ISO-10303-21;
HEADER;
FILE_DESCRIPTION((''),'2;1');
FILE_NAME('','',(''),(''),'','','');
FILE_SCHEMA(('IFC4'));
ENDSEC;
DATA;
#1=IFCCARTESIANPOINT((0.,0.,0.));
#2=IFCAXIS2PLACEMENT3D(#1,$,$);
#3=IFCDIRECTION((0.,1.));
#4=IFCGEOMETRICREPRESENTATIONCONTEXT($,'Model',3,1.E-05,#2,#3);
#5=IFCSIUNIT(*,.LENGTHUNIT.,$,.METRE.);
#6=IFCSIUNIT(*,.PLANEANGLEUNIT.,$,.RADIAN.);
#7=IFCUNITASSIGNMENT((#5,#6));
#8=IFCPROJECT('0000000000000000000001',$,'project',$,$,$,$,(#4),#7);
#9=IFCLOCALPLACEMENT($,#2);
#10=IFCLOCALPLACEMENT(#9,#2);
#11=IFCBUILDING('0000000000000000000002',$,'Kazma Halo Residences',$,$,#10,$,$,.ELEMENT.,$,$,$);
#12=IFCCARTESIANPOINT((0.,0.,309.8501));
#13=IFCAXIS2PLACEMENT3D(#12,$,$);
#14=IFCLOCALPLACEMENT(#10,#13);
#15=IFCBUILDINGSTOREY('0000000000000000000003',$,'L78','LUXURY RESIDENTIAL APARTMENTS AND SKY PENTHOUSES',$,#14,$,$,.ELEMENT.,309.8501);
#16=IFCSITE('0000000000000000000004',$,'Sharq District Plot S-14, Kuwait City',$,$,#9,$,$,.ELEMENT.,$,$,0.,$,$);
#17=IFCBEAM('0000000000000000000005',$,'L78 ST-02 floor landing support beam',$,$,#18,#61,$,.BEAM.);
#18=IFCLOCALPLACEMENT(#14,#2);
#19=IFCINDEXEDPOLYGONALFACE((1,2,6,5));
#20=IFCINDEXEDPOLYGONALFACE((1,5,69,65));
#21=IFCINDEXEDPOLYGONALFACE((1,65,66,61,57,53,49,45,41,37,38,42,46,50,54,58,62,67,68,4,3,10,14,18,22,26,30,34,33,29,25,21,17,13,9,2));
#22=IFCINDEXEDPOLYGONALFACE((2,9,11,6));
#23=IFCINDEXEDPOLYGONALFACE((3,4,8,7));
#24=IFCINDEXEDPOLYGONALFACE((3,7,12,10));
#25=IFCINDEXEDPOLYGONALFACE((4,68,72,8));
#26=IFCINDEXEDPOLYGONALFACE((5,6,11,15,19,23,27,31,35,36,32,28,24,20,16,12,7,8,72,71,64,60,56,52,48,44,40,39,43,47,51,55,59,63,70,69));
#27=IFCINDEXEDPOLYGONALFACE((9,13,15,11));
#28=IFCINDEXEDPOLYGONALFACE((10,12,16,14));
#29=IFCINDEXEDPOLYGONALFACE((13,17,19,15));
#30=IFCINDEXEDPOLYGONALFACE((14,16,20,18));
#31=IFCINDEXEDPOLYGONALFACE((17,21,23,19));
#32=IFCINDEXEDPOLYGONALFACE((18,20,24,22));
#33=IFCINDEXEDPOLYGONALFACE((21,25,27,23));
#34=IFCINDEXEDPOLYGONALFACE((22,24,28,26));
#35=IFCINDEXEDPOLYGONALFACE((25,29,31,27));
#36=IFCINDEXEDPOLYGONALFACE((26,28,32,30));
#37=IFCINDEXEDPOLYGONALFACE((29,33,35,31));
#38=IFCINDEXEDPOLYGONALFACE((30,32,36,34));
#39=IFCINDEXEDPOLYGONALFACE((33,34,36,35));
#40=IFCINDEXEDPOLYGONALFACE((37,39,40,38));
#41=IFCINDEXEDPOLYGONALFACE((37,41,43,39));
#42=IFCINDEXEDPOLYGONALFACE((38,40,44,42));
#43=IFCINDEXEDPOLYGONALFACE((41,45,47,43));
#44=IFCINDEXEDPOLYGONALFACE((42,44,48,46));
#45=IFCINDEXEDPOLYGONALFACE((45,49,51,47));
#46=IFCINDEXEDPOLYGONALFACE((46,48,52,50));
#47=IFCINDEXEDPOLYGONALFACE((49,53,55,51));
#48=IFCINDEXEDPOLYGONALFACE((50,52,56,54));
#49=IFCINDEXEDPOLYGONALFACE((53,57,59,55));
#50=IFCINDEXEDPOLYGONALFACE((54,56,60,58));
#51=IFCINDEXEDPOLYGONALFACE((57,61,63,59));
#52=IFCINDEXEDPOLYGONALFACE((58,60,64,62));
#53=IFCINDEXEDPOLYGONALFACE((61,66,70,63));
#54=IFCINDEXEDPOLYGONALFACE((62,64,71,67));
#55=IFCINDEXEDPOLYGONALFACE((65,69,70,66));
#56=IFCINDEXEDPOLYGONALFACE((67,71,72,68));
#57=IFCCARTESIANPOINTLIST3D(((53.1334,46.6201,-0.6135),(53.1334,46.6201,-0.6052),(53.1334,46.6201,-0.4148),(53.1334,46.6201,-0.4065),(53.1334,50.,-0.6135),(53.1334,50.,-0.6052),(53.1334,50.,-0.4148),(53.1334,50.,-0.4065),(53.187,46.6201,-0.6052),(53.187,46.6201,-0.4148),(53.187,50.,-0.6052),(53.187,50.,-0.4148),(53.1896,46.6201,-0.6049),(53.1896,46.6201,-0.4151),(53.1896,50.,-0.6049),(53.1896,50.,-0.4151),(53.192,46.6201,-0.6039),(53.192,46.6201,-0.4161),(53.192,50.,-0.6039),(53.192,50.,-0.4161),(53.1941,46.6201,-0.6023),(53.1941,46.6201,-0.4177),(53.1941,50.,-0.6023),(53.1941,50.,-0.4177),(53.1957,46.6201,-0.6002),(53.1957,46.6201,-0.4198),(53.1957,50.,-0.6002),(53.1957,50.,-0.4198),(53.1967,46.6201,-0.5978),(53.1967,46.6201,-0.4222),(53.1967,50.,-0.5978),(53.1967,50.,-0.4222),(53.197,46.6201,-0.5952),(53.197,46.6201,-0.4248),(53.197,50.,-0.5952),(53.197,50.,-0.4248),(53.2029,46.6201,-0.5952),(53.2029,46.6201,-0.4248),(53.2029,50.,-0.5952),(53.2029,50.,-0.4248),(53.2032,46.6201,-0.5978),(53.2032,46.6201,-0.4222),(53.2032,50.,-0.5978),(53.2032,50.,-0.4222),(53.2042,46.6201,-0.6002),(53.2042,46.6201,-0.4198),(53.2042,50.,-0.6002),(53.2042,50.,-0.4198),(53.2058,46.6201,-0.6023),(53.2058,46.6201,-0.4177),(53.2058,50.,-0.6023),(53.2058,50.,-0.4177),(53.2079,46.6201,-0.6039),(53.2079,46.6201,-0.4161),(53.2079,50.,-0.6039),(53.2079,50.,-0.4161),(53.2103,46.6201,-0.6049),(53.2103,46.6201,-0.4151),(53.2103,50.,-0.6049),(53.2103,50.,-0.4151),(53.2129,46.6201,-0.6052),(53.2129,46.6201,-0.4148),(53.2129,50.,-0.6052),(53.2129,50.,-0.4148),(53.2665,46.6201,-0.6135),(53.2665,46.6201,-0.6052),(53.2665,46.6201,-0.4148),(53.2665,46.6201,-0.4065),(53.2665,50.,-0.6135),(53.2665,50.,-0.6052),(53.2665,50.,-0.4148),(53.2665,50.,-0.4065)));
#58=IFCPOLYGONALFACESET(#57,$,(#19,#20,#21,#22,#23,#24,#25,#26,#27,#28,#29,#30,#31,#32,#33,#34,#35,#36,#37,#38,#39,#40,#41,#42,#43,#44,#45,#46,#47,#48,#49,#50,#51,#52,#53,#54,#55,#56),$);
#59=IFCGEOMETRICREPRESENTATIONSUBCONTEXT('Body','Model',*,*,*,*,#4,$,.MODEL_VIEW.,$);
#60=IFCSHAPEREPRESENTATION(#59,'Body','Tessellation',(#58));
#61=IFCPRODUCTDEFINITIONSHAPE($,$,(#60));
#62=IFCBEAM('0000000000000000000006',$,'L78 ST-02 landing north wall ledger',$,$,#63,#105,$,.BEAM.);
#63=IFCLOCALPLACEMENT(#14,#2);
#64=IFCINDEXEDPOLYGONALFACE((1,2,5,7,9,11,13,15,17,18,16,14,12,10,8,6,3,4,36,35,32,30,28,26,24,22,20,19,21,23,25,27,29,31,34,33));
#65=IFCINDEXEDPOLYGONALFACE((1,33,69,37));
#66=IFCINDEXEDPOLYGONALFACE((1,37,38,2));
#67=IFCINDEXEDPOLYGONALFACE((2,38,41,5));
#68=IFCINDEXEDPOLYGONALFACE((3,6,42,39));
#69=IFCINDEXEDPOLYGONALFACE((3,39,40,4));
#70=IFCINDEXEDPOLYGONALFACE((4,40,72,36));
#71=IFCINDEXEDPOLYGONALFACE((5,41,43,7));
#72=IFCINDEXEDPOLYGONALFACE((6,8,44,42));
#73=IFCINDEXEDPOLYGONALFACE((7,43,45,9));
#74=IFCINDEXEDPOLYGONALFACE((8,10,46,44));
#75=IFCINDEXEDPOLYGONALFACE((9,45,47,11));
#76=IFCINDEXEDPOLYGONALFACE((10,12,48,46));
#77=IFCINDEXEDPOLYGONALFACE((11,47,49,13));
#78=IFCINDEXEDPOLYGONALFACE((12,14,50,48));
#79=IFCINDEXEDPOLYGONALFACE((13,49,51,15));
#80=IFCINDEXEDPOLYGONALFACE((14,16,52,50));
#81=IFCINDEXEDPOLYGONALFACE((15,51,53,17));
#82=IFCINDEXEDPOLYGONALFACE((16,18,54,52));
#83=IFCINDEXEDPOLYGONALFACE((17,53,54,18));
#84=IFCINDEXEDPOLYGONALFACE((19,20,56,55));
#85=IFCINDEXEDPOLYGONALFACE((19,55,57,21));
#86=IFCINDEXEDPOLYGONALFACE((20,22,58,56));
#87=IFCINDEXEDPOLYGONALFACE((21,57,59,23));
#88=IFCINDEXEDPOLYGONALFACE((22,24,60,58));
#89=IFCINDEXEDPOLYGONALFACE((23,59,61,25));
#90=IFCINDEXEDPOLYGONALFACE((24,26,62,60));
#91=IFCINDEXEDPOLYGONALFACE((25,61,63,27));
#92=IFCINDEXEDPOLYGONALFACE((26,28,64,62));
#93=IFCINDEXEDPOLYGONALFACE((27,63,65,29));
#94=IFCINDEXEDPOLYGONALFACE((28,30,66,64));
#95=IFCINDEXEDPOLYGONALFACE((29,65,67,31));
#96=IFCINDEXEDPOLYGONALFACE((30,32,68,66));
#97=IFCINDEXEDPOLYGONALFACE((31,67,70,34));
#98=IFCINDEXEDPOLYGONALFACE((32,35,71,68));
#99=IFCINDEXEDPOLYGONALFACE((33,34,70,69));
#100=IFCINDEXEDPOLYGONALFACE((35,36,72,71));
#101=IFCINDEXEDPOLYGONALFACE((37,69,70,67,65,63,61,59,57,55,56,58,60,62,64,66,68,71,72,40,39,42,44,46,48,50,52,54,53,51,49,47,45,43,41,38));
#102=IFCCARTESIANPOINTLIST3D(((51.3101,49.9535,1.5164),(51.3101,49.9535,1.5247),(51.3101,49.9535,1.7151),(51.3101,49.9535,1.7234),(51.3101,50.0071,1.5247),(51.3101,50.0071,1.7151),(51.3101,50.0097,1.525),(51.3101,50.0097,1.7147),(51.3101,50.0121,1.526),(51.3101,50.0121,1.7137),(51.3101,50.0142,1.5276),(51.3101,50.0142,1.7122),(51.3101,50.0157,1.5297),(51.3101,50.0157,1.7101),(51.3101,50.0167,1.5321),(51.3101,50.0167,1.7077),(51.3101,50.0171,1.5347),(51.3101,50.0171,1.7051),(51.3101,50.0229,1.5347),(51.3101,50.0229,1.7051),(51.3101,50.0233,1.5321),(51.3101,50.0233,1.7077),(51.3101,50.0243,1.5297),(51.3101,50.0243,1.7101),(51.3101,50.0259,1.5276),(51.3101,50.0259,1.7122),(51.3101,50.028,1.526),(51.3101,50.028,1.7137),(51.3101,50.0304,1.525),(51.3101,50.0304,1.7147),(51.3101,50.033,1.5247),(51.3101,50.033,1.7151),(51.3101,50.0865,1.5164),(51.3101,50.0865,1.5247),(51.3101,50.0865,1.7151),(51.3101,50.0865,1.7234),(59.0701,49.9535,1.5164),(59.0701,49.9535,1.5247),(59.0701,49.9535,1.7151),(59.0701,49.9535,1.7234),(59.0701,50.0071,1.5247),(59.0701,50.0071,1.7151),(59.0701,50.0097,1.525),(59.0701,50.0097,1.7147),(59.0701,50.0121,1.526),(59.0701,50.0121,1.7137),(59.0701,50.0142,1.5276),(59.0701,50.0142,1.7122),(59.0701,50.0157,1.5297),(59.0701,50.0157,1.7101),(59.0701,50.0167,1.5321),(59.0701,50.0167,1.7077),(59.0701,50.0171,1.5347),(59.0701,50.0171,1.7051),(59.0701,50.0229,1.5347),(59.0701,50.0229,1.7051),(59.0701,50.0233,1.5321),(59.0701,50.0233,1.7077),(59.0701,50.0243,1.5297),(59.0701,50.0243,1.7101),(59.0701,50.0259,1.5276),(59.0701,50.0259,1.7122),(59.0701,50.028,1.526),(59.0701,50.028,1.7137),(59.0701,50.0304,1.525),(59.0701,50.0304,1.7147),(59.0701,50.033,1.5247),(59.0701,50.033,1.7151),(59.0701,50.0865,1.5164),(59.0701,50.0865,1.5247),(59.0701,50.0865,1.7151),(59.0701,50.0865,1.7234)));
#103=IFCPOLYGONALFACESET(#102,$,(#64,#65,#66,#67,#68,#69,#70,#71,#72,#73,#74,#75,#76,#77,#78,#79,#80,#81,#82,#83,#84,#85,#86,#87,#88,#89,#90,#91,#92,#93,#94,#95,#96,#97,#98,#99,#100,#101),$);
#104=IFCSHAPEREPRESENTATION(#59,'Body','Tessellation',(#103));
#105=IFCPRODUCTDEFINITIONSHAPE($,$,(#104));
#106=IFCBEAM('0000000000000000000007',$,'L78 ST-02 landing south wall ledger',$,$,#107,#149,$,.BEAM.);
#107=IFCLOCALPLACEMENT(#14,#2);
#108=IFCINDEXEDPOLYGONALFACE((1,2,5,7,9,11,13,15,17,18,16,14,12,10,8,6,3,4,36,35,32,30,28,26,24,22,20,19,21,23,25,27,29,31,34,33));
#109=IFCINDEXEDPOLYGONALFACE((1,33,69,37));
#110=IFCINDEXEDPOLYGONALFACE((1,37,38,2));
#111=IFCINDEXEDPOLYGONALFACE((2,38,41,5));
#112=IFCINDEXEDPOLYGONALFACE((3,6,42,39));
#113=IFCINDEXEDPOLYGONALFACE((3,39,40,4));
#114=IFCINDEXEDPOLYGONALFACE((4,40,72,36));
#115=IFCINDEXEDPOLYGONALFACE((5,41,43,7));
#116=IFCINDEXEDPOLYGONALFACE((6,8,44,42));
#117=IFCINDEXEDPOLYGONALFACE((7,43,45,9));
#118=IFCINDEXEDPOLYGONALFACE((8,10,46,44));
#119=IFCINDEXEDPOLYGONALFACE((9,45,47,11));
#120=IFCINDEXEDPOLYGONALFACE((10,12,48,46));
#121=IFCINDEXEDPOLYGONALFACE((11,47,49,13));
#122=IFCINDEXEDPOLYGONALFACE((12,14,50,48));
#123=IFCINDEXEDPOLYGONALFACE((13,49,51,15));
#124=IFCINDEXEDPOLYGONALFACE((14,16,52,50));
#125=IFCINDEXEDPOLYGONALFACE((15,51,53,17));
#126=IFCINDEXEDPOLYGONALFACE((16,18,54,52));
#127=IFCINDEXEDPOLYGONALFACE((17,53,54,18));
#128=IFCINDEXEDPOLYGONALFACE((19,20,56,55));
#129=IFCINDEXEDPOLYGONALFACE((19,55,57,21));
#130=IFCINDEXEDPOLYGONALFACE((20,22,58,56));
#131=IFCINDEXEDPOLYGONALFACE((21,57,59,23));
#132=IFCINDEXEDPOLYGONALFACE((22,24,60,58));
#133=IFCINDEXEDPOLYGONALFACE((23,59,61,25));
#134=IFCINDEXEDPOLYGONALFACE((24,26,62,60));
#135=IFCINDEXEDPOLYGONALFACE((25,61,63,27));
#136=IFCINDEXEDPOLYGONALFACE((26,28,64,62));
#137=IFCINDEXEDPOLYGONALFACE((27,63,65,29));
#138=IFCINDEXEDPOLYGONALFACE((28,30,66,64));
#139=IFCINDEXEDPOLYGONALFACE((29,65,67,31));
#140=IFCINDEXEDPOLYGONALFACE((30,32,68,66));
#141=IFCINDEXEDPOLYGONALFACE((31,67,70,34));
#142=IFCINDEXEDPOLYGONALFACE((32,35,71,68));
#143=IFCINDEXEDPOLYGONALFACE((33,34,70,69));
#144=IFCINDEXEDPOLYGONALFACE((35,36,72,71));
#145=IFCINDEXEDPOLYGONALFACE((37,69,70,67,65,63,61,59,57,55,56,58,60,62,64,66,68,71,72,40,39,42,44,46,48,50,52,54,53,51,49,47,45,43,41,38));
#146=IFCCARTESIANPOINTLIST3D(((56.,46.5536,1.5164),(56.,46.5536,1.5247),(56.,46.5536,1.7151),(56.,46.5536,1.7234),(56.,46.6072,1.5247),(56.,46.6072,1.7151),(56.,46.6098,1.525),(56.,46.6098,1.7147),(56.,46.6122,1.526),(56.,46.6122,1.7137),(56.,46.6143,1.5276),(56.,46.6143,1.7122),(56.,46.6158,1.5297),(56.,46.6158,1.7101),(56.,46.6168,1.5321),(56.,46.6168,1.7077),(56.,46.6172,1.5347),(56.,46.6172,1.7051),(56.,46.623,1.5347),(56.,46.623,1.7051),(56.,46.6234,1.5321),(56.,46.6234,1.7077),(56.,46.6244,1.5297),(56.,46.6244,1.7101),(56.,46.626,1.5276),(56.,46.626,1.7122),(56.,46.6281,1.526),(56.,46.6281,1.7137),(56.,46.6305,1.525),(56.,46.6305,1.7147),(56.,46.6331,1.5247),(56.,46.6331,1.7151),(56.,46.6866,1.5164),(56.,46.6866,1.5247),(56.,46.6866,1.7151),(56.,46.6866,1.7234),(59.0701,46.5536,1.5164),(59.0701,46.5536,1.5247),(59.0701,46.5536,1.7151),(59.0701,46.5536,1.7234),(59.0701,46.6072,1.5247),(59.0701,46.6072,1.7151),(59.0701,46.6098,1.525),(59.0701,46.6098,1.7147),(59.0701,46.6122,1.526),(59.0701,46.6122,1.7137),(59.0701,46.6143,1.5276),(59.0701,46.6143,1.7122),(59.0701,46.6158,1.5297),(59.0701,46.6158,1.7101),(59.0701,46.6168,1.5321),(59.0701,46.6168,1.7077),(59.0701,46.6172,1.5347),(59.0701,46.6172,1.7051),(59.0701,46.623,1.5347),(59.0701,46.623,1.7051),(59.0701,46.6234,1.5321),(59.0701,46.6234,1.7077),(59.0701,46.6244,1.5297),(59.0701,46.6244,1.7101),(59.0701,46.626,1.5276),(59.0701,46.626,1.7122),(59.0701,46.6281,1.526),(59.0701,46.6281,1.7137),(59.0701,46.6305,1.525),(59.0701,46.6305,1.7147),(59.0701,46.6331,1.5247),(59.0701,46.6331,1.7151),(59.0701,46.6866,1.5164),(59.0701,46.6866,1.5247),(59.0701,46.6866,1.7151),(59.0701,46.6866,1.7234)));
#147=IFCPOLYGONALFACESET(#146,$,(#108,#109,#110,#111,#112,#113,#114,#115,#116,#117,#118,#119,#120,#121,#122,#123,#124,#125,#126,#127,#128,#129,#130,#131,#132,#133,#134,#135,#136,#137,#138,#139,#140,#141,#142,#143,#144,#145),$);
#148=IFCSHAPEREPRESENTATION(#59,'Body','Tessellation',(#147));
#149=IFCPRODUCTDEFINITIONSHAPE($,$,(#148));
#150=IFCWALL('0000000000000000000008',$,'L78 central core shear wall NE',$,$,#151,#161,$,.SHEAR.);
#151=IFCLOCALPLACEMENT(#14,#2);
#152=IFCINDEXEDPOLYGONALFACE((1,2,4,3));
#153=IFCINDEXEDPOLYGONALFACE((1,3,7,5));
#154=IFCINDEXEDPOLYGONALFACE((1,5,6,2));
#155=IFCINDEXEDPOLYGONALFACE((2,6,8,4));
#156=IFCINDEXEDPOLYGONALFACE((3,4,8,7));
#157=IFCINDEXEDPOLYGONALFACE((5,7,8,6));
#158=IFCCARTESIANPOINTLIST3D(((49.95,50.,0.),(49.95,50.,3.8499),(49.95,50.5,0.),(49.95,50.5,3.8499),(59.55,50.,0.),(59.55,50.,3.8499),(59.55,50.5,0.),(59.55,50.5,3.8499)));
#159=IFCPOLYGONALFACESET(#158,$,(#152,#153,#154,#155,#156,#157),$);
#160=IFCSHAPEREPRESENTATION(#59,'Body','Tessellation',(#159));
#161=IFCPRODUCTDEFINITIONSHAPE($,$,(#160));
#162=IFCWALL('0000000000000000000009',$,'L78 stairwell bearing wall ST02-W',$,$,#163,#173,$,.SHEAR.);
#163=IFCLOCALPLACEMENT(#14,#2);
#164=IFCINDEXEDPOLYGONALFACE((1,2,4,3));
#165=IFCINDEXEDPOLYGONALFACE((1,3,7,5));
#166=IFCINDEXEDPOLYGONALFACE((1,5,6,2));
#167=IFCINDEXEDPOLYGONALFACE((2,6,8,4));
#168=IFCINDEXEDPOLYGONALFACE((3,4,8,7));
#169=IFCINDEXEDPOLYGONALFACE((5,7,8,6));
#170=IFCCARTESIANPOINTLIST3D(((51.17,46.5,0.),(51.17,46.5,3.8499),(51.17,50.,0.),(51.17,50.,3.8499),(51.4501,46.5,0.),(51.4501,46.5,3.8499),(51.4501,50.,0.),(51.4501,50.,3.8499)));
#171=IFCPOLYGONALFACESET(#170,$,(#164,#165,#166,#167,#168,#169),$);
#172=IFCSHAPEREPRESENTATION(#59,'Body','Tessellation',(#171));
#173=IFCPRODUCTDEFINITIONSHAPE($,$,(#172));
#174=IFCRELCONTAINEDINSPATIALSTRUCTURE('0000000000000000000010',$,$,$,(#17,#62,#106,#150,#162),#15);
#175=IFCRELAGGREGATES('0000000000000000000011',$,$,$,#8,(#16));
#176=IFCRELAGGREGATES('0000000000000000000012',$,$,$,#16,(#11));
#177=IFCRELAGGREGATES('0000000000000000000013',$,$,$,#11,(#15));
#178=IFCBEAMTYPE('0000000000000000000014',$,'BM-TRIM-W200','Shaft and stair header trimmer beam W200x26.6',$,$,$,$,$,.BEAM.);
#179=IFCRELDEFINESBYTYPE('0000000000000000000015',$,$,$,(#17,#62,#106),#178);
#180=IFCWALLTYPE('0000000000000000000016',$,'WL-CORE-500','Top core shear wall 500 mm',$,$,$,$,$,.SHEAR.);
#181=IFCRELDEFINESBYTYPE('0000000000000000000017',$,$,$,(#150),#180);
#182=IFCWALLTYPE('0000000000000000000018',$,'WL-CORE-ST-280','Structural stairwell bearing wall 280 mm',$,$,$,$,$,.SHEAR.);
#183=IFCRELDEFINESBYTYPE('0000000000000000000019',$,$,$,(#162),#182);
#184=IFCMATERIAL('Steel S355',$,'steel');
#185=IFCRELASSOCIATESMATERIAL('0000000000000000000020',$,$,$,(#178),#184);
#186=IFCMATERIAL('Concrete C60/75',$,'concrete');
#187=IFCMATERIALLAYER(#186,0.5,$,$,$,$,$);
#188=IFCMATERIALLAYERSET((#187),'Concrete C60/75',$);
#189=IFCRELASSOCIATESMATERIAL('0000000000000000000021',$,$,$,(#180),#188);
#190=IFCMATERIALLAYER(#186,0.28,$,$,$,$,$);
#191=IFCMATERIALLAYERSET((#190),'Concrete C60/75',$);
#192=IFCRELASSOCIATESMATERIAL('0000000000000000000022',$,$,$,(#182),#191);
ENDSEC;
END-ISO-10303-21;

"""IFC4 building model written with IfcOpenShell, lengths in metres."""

from ifc_helpers import new_model, si_unit, direction, frame, frame_2d, origin, origin_2d, place, context, subcontext, project, spatial, rectangle, i_section, extrude, material, layer, layer_set, material_profile, profile_set, type_object, element, save


model = new_model("IFC4")

# Units and contexts
model_context = context("Model", 3, precision=1e-05, world=origin(), true_north=direction((0.0, 1.0)))
body_context = subcontext(model_context, "Body", "Model", "MODEL_VIEW")
ifc_project = project(units=[si_unit("LENGTHUNIT", "METRE"), si_unit("PLANEANGLEUNIT", "RADIAN")], contexts=[model_context])

# Site, building, storey
site_placement = place(None, origin())
site = spatial("IfcSite", under=ifc_project, at=site_placement, Name="Sharq District Plot S-14, Kuwait City", CompositionType="ELEMENT", RefElevation=0.0)
building_placement = place(site_placement, origin())
building = spatial("IfcBuilding", under=site, at=building_placement, Name="Kazma Halo Residences", CompositionType="ELEMENT")
storey_placement = place(building_placement, frame((0.0, 0.0, 309.8501)))
storey = spatial("IfcBuildingStorey", under=building, at=storey_placement, Name="L78", Description="LUXURY RESIDENTIAL APARTMENTS AND SKY PENTHOUSES", CompositionType="ELEMENT", Elevation=309.8501)

# Shared definitions
ifc_material_1 = material(Name="Steel S355", Category="steel")

# Beams
ifc_material_profile_1 = material_profile(ifc_material_1, i_section(OverallWidth=0.1331, OverallDepth=0.207, WebThickness=0.0059, FlangeThickness=0.0083, FilletRadius=0.01, at=origin_2d()), Name="W200x26.6")
ifc_profile_set_1 = profile_set([ifc_material_profile_1], Name="Steel S355")
beam_type_1 = type_object("IfcBeamType", Name="BM-TRIM-W200", Description="Shaft and stair header trimmer beam W200x26.6", PredefinedType="BEAM", material=ifc_profile_set_1)
beam_1_placement = place(storey_placement, frame((53.2, 46.6201, -0.51), z_axis=(0.0, 1.0, 0.0), x_axis=(-1.0, 0.0, 0.0)))
element("IfcBeam", 1, at=beam_1_placement, inside=storey, type_object=beam_type_1, Name="L78 ST-02 floor landing support beam", PredefinedType="BEAM", context=body_context, shape_type="SweptSolid", body=[
    extrude(i_section(OverallWidth=0.1331, OverallDepth=0.207, WebThickness=0.0059, FlangeThickness=0.0083, FilletRadius=0.01, at=origin_2d()), origin(), (0.0, 0.0, 1.0), 3.3799),
])
beam_2_placement = place(storey_placement, frame((51.3101, 50.02, 1.6199), z_axis=(1.0, 0.0, 0.0), x_axis=(0.0, 1.0, 0.0)))
element("IfcBeam", 2, at=beam_2_placement, inside=storey, type_object=beam_type_1, Name="L78 ST-02 landing north wall ledger", PredefinedType="BEAM", context=body_context, shape_type="SweptSolid", body=[
    extrude(i_section(OverallWidth=0.1331, OverallDepth=0.207, WebThickness=0.0059, FlangeThickness=0.0083, FilletRadius=0.01, at=origin_2d()), origin(), (0.0, 0.0, 1.0), 7.76),
])
beam_3_placement = place(storey_placement, frame((56.0, 46.6201, 1.6199), z_axis=(1.0, 0.0, 0.0), x_axis=(0.0, 1.0, 0.0)))
element("IfcBeam", 3, at=beam_3_placement, inside=storey, type_object=beam_type_1, Name="L78 ST-02 landing south wall ledger", PredefinedType="BEAM", context=body_context, shape_type="SweptSolid", body=[
    extrude(i_section(OverallWidth=0.1331, OverallDepth=0.207, WebThickness=0.0059, FlangeThickness=0.0083, FilletRadius=0.01, at=origin_2d()), origin(), (0.0, 0.0, 1.0), 3.0701),
])

# Walls
ifc_material_2 = material(Name="Concrete C60/75", Category="concrete")
ifc_layer_1 = layer(ifc_material_2, 0.5)
ifc_layer_set_1 = layer_set([ifc_layer_1], Name="Concrete C60/75")
wall_type_1 = type_object("IfcWallType", Name="WL-CORE-500", Description="Top core shear wall 500 mm", PredefinedType="SHEAR", material=ifc_layer_set_1)
wall_1_placement = place(storey_placement, frame((49.95, 50.25, 0.0), z_axis=(0.0, 0.0, 1.0), x_axis=(1.0, 0.0, 0.0)))
element("IfcWall", 4, at=wall_1_placement, inside=storey, type_object=wall_type_1, Name="L78 central core shear wall NE", PredefinedType="SHEAR", context=body_context, shape_type="SweptSolid", body=[
    extrude(rectangle(XDim=9.6001, YDim=0.5, at=frame_2d((4.8, 0.0))), origin(), (0.0, 0.0, 1.0), 3.8499),
])
ifc_layer_2 = layer(ifc_material_2, 0.28)
ifc_layer_set_2 = layer_set([ifc_layer_2], Name="Concrete C60/75")
wall_type_2 = type_object("IfcWallType", Name="WL-CORE-ST-280", Description="Structural stairwell bearing wall 280 mm", PredefinedType="SHEAR", material=ifc_layer_set_2)
wall_2_placement = place(storey_placement, frame((51.3101, 46.5, 0.0), z_axis=(0.0, 0.0, 1.0), x_axis=(0.0, 1.0, 0.0)))
element("IfcWall", 5, at=wall_2_placement, inside=storey, type_object=wall_type_2, Name="L78 stairwell bearing wall ST02-W", PredefinedType="SHEAR", context=body_context, shape_type="SweptSolid", body=[
    extrude(rectangle(XDim=3.5, YDim=0.28, at=frame_2d((1.75, 0.0))), origin(), (0.0, 0.0, 1.0), 3.8499),
])

save(model, "model.ifc")
